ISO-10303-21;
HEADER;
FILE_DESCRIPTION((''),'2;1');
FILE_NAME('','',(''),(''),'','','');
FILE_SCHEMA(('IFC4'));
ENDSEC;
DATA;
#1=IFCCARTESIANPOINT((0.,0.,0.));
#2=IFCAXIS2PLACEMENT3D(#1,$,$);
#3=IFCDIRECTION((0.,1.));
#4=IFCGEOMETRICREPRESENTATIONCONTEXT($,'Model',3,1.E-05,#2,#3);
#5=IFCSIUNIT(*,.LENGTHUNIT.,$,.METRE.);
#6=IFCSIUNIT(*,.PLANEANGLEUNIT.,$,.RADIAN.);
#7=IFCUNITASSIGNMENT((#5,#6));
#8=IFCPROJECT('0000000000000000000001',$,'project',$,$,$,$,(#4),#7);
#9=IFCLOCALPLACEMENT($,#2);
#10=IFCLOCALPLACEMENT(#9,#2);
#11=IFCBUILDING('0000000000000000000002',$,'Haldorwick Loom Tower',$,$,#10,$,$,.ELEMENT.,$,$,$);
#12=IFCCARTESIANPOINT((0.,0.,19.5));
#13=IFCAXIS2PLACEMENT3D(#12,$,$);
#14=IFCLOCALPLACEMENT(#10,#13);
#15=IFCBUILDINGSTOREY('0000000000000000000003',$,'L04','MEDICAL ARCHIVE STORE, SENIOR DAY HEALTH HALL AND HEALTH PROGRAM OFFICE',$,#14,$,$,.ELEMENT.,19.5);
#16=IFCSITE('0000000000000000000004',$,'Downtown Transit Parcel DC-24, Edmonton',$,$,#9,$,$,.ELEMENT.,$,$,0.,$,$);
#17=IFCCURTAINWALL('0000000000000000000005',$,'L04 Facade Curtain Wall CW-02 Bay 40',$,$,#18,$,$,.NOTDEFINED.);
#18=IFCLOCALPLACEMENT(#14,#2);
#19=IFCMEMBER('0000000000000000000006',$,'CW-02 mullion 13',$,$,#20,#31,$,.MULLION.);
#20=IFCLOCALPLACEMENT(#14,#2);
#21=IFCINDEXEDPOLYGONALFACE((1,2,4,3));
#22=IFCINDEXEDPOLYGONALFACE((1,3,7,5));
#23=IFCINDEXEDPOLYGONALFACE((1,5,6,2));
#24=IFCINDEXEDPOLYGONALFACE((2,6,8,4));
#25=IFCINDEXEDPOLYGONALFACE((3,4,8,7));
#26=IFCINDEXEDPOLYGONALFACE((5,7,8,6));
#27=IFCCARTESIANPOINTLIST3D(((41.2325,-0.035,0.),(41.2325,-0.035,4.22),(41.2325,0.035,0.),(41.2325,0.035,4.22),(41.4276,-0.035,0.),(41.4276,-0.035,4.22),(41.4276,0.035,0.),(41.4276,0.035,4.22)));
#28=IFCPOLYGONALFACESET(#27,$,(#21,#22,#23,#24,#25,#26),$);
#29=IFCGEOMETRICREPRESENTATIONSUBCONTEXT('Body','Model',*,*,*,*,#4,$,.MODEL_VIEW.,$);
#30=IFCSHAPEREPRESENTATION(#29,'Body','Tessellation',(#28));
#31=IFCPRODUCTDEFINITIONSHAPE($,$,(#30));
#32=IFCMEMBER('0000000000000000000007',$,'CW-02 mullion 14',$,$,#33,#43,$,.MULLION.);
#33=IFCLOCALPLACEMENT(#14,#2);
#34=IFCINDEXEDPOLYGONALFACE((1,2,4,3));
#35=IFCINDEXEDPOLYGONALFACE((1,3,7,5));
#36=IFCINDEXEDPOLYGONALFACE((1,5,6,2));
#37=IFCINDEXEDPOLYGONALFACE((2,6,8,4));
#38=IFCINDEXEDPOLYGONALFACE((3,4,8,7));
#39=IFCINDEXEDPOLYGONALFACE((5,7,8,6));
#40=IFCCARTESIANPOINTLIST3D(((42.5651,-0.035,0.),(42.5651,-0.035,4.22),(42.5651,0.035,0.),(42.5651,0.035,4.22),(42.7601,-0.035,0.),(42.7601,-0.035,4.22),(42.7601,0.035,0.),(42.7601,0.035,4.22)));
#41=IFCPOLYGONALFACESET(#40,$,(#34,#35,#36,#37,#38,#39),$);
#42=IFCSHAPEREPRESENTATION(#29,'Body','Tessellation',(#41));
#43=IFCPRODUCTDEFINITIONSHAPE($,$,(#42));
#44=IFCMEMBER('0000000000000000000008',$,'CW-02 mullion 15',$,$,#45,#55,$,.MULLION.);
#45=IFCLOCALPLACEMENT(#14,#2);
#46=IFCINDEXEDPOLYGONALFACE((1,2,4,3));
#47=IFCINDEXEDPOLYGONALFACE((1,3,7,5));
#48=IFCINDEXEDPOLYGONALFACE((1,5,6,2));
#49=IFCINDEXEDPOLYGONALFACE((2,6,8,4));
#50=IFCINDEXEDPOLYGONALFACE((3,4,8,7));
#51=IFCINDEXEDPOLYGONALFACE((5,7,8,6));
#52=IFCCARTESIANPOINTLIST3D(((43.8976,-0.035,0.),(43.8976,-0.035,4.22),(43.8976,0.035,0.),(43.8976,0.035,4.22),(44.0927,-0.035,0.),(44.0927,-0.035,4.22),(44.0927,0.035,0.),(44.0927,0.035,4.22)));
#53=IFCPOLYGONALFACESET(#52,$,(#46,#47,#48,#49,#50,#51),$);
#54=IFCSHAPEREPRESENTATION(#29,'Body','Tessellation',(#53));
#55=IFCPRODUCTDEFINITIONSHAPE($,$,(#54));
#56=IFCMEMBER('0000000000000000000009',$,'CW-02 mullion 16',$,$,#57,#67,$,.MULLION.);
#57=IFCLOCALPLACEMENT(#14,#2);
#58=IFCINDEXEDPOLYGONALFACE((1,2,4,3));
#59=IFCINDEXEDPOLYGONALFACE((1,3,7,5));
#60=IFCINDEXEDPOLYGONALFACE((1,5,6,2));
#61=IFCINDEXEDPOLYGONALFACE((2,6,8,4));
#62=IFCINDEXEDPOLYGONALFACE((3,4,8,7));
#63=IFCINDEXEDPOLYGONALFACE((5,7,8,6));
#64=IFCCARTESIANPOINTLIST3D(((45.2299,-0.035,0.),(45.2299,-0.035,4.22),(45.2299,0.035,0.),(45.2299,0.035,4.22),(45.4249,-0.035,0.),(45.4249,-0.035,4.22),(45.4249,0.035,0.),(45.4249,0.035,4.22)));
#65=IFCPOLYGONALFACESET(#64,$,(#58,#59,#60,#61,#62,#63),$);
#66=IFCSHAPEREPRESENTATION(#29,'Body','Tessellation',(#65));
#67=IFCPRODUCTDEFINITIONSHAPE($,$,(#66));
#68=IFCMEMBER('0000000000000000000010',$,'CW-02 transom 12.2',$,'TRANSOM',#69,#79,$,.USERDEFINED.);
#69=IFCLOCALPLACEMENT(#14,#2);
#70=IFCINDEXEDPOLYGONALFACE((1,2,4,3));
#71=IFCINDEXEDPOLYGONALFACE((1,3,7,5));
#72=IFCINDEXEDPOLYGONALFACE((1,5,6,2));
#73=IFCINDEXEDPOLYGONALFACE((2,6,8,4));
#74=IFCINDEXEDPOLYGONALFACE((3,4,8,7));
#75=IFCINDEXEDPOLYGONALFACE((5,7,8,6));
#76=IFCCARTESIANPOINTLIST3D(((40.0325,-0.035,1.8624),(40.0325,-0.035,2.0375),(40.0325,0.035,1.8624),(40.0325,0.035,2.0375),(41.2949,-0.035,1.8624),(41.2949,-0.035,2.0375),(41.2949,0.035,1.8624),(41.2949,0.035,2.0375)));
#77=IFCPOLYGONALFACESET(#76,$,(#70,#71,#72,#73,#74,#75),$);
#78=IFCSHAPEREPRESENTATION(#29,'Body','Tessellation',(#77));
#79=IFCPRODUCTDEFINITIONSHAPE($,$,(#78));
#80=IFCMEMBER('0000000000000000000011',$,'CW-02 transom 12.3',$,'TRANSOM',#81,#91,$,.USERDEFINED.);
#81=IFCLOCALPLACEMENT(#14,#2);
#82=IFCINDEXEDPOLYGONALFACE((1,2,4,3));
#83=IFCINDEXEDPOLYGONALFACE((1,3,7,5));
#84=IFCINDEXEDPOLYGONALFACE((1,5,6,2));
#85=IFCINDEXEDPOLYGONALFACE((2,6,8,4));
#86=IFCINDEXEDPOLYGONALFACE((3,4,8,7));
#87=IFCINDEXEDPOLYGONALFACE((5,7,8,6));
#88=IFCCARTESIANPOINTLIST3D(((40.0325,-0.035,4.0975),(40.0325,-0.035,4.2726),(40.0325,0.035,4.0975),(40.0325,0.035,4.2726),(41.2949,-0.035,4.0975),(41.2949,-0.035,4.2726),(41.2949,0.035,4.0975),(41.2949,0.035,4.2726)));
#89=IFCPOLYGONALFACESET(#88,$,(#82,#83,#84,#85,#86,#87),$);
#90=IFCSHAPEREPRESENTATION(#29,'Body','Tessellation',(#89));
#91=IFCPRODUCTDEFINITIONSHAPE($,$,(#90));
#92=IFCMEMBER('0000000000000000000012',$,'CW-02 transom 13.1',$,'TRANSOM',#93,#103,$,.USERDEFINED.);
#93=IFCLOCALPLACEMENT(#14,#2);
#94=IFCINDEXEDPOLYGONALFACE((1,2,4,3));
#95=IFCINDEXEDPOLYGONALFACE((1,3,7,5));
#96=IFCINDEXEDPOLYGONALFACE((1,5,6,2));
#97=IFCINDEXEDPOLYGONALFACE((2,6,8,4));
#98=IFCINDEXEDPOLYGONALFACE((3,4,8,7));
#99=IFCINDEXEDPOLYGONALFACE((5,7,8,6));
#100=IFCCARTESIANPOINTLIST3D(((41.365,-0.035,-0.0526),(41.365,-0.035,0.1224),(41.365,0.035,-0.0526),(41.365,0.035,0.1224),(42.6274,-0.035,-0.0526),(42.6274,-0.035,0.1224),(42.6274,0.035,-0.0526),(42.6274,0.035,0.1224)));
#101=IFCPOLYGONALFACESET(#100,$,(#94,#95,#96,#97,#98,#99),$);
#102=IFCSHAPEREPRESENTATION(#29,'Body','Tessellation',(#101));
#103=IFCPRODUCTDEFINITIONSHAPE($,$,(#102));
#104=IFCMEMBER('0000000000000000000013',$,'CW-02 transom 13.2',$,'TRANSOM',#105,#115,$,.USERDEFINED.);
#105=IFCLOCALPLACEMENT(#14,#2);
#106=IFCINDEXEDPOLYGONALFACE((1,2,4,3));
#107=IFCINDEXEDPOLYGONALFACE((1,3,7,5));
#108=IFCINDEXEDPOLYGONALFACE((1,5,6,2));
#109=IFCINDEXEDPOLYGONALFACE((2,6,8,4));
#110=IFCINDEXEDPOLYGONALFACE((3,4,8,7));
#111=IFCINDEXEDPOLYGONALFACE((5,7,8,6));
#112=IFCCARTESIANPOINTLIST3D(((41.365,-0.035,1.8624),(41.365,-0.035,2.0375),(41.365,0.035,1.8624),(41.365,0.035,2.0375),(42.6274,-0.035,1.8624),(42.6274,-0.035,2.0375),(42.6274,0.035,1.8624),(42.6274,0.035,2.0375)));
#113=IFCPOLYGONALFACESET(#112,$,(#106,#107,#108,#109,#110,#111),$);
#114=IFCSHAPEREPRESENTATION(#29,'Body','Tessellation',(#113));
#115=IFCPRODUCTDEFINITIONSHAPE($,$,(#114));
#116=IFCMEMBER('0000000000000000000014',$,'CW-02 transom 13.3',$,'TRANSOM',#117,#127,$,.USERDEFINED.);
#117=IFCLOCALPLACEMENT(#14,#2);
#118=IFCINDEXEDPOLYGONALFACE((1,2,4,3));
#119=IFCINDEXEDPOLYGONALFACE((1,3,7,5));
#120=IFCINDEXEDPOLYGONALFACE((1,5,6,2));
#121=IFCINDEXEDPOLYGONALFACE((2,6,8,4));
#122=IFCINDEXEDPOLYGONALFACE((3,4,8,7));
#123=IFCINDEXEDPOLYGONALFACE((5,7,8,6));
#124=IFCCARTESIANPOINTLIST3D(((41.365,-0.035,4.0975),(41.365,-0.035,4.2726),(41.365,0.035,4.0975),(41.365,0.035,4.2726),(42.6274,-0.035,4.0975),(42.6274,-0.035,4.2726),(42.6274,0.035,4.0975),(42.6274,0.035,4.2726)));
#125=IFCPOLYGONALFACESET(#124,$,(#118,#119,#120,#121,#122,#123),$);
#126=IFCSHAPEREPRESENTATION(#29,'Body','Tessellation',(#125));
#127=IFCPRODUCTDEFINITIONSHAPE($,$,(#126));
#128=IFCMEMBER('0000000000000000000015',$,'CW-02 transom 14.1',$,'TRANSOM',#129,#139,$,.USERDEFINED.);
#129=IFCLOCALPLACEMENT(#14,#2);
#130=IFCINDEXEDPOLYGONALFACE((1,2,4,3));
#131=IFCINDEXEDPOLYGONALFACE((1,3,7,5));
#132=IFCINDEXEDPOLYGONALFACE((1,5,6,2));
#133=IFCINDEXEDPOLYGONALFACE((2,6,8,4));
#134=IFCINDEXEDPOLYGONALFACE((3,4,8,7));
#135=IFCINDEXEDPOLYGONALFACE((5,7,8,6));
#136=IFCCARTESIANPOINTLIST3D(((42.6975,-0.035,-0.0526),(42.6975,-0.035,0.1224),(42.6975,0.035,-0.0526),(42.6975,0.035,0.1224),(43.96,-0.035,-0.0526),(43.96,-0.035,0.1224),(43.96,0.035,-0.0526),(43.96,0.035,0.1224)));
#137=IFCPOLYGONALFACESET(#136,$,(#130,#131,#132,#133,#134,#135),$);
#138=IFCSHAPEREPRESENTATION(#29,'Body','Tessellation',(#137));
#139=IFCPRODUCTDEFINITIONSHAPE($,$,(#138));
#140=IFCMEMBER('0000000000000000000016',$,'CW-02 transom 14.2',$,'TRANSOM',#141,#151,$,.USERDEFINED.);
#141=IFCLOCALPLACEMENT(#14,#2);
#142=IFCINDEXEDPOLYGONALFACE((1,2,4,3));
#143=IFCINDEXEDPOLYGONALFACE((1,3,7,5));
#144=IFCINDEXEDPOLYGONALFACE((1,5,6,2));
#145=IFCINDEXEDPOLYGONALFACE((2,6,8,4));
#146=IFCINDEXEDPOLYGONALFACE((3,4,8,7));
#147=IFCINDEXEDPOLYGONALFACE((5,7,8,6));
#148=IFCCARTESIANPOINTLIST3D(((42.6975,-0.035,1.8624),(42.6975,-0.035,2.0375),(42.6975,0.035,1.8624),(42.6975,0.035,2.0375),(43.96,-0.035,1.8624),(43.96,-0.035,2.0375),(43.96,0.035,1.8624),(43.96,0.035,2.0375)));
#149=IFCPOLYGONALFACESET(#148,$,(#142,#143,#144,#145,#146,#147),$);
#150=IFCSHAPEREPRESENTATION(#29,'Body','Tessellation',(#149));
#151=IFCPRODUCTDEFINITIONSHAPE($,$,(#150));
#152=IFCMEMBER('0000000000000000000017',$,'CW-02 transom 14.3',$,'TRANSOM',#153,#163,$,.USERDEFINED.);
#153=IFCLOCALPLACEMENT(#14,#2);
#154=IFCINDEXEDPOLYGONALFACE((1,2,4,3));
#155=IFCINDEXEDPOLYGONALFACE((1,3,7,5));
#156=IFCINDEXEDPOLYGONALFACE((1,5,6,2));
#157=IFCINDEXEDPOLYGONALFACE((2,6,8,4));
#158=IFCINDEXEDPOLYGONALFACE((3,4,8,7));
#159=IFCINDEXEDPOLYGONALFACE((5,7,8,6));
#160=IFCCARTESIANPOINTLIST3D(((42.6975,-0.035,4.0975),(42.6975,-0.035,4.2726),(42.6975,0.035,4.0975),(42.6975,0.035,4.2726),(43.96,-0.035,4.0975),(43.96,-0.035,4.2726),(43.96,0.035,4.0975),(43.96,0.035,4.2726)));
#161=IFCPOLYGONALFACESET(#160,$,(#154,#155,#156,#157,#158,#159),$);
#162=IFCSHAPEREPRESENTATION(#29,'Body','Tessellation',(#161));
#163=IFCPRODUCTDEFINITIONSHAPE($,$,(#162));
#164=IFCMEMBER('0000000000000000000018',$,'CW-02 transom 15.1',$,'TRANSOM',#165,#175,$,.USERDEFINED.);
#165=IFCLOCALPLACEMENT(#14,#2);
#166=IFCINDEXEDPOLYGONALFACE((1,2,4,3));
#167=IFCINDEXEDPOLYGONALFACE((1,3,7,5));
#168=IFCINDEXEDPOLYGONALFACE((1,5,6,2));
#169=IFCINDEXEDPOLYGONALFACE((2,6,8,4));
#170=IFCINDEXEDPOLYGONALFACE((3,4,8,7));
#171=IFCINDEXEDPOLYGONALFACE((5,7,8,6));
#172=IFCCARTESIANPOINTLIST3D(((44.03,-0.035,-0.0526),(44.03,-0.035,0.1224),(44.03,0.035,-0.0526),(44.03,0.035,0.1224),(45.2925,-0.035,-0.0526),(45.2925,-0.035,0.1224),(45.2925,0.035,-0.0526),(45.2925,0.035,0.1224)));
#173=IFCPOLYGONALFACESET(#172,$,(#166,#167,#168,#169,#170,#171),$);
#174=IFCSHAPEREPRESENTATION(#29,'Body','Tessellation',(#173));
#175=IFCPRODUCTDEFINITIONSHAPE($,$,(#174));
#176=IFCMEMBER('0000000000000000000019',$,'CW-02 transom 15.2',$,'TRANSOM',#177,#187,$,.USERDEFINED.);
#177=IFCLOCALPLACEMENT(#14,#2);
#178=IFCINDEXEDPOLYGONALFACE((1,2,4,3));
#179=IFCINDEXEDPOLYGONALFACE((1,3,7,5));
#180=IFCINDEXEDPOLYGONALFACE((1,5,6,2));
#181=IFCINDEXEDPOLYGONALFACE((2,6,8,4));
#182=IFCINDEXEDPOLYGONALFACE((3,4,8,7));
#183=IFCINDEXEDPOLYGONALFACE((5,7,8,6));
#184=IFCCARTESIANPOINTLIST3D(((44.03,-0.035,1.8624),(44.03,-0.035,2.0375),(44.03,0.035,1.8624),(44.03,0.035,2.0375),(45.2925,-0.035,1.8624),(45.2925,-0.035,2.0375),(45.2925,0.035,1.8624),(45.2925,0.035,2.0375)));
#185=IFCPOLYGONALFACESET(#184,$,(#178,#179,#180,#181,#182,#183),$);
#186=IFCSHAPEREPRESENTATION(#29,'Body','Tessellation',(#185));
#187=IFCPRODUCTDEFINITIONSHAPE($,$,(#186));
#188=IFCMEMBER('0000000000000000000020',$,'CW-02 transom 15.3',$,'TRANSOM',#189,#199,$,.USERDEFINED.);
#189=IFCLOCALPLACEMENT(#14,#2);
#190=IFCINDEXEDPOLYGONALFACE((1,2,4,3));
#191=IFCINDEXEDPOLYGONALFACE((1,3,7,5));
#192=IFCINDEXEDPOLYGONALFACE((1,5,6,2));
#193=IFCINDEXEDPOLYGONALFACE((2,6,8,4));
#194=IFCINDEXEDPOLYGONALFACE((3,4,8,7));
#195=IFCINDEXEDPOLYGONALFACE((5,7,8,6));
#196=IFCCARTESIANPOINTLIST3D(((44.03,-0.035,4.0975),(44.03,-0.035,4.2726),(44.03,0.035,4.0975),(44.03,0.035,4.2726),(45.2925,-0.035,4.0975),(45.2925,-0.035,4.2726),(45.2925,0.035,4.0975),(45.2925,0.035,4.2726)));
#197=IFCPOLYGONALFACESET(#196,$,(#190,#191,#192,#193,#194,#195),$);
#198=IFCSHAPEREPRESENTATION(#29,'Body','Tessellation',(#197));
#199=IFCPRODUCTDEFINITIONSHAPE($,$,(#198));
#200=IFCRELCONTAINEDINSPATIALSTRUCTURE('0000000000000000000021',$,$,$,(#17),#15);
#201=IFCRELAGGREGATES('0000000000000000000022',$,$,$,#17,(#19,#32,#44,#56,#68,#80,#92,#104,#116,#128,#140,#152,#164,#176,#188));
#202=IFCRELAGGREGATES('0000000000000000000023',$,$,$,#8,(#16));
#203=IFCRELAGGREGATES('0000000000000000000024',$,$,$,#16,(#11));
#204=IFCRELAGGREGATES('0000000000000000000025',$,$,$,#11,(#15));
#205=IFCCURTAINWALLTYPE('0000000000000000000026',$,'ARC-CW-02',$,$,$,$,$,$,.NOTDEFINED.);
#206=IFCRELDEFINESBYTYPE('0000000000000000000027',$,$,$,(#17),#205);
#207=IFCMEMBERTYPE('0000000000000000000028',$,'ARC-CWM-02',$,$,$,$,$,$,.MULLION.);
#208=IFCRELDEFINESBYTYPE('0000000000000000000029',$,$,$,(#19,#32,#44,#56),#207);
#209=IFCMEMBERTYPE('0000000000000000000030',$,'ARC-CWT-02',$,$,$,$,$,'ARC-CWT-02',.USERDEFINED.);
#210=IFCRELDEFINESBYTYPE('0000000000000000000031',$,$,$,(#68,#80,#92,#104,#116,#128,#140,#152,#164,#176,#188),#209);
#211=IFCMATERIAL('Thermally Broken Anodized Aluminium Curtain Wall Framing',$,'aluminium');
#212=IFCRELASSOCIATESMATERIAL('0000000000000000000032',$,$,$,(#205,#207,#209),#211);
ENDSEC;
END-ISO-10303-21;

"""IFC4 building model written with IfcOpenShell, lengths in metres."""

from ifc_helpers import new_model, si_unit, direction, frame, origin, origin_2d, place, context, subcontext, project, spatial, rectangle, extrude, material, material_profile, profile_set, type_object, element, aggregate, save


model = new_model("IFC4")

# Units and contexts
model_context = context("Model", 3, precision=1e-05, world=origin(), true_north=direction((0.0, 1.0)))
body_context = subcontext(model_context, "Body", "Model", "MODEL_VIEW")
ifc_project = project(units=[si_unit("LENGTHUNIT", "METRE"), si_unit("PLANEANGLEUNIT", "RADIAN")], contexts=[model_context])

# Site, building, storey
site_placement = place(None, origin())
site = spatial("IfcSite", under=ifc_project, at=site_placement, Name="Downtown Transit Parcel DC-24, Edmonton", CompositionType="ELEMENT", RefElevation=0.0)
building_placement = place(site_placement, origin())
building = spatial("IfcBuilding", under=site, at=building_placement, Name="Haldorwick Loom Tower", CompositionType="ELEMENT")
storey_placement = place(building_placement, frame((0.0, 0.0, 19.5)))
storey = spatial("IfcBuildingStorey", under=building, at=storey_placement, Name="L04", Description="MEDICAL ARCHIVE STORE, SENIOR DAY HEALTH HALL AND HEALTH PROGRAM OFFICE", CompositionType="ELEMENT", Elevation=19.5)

# Curtain wall, members
ifc_material_1 = material(Name="Thermally Broken Anodized Aluminium Curtain Wall Framing", Category="aluminium")
curtain_wall_type = type_object("IfcCurtainWallType", Name="ARC-CW-02", PredefinedType="NOTDEFINED", material=ifc_material_1)
curtain_wall_placement = place(storey_placement, origin())
curtain_wall = element("IfcCurtainWall", 1, at=curtain_wall_placement, inside=storey, type_object=curtain_wall_type, Name="L04 Facade Curtain Wall CW-02 Bay 40", PredefinedType="NOTDEFINED")
ifc_material_profile_1 = material_profile(ifc_material_1, rectangle(XDim=0.0701, YDim=0.1951, at=origin_2d()), Name="ALU_MUL_70X195", Category="aluminium")
ifc_profile_set_1 = profile_set([ifc_material_profile_1], Name="Thermally Broken Anodized Aluminium Curtain Wall Framing")
member_type_1 = type_object("IfcMemberType", Name="ARC-CWM-02", PredefinedType="MULLION", material=ifc_profile_set_1)
member_1_placement = place(storey_placement, frame((41.3301, 0.0, 0.0), z_axis=(0.0, 0.0, 1.0), x_axis=(0.0, 1.0, 0.0)))
member_1 = element("IfcMember", 2, at=member_1_placement, type_object=member_type_1, Name="CW-02 mullion 13", PredefinedType="MULLION", context=body_context, shape_type="SweptSolid", body=[
    extrude(rectangle(XDim=0.0701, YDim=0.1951, at=origin_2d()), origin(), (0.0, 0.0, 1.0), 4.22),
])
member_2_placement = place(storey_placement, frame((42.6626, 0.0, 0.0), z_axis=(0.0, 0.0, 1.0), x_axis=(0.0, 1.0, 0.0)))
member_2 = element("IfcMember", 3, at=member_2_placement, type_object=member_type_1, Name="CW-02 mullion 14", PredefinedType="MULLION", context=body_context, shape_type="SweptSolid", body=[
    extrude(rectangle(XDim=0.0701, YDim=0.1951, at=origin_2d()), origin(), (0.0, 0.0, 1.0), 4.22),
])
member_3_placement = place(storey_placement, frame((43.9951, 0.0, 0.0), z_axis=(0.0, 0.0, 1.0), x_axis=(0.0, 1.0, 0.0)))
member_3 = element("IfcMember", 4, at=member_3_placement, type_object=member_type_1, Name="CW-02 mullion 15", PredefinedType="MULLION", context=body_context, shape_type="SweptSolid", body=[
    extrude(rectangle(XDim=0.0701, YDim=0.1951, at=origin_2d()), origin(), (0.0, 0.0, 1.0), 4.22),
])
member_4_placement = place(storey_placement, frame((45.3274, 0.0, 0.0), z_axis=(0.0, 0.0, 1.0), x_axis=(0.0, 1.0, 0.0)))
member_4 = element("IfcMember", 5, at=member_4_placement, type_object=member_type_1, Name="CW-02 mullion 16", PredefinedType="MULLION", context=body_context, shape_type="SweptSolid", body=[
    extrude(rectangle(XDim=0.0701, YDim=0.1951, at=origin_2d()), origin(), (0.0, 0.0, 1.0), 4.22),
])
ifc_material_profile_2 = material_profile(ifc_material_1, rectangle(XDim=0.0701, YDim=0.175, at=origin_2d()), Name="ALU_TRN_70X175", Category="aluminium")
ifc_profile_set_2 = profile_set([ifc_material_profile_2], Name="Thermally Broken Anodized Aluminium Curtain Wall Framing")
member_type_2 = type_object("IfcMemberType", Name="ARC-CWT-02", ElementType="ARC-CWT-02", PredefinedType="USERDEFINED", material=ifc_profile_set_2)
member_5_placement = place(storey_placement, frame((40.0325, 0.0, 1.95), z_axis=(1.0, 0.0, 0.0), x_axis=(0.0, 1.0, 0.0)))
member_5 = element("IfcMember", 6, at=member_5_placement, type_object=member_type_2, Name="CW-02 transom 12.2", ObjectType="TRANSOM", PredefinedType="USERDEFINED", context=body_context, shape_type="SweptSolid", body=[
    extrude(rectangle(XDim=0.0701, YDim=0.175, at=origin_2d()), origin(), (0.0, 0.0, 1.0), 1.2625),
])
member_6_placement = place(storey_placement, frame((40.0325, 0.0, 4.1851), z_axis=(1.0, 0.0, 0.0), x_axis=(0.0, 1.0, 0.0)))
member_6 = element("IfcMember", 7, at=member_6_placement, type_object=member_type_2, Name="CW-02 transom 12.3", ObjectType="TRANSOM", PredefinedType="USERDEFINED", context=body_context, shape_type="SweptSolid", body=[
    extrude(rectangle(XDim=0.0701, YDim=0.175, at=origin_2d()), origin(), (0.0, 0.0, 1.0), 1.2625),
])
member_7_placement = place(storey_placement, frame((41.365, 0.0, 0.0349), z_axis=(1.0, 0.0, 0.0), x_axis=(0.0, 1.0, 0.0)))
member_7 = element("IfcMember", 8, at=member_7_placement, type_object=member_type_2, Name="CW-02 transom 13.1", ObjectType="TRANSOM", PredefinedType="USERDEFINED", context=body_context, shape_type="SweptSolid", body=[
    extrude(rectangle(XDim=0.0701, YDim=0.175, at=origin_2d()), origin(), (0.0, 0.0, 1.0), 1.2625),
])
member_8_placement = place(storey_placement, frame((41.365, 0.0, 1.95), z_axis=(1.0, 0.0, 0.0), x_axis=(0.0, 1.0, 0.0)))
member_8 = element("IfcMember", 9, at=member_8_placement, type_object=member_type_2, Name="CW-02 transom 13.2", ObjectType="TRANSOM", PredefinedType="USERDEFINED", context=body_context, shape_type="SweptSolid", body=[
    extrude(rectangle(XDim=0.0701, YDim=0.175, at=origin_2d()), origin(), (0.0, 0.0, 1.0), 1.2625),
])
member_9_placement = place(storey_placement, frame((41.365, 0.0, 4.1851), z_axis=(1.0, 0.0, 0.0), x_axis=(0.0, 1.0, 0.0)))
member_9 = element("IfcMember", 10, at=member_9_placement, type_object=member_type_2, Name="CW-02 transom 13.3", ObjectType="TRANSOM", PredefinedType="USERDEFINED", context=body_context, shape_type="SweptSolid", body=[
    extrude(rectangle(XDim=0.0701, YDim=0.175, at=origin_2d()), origin(), (0.0, 0.0, 1.0), 1.2625),
])
member_10_placement = place(storey_placement, frame((42.6975, 0.0, 0.0349), z_axis=(1.0, 0.0, 0.0), x_axis=(0.0, 1.0, 0.0)))
member_10 = element("IfcMember", 11, at=member_10_placement, type_object=member_type_2, Name="CW-02 transom 14.1", ObjectType="TRANSOM", PredefinedType="USERDEFINED", context=body_context, shape_type="SweptSolid", body=[
    extrude(rectangle(XDim=0.0701, YDim=0.175, at=origin_2d()), origin(), (0.0, 0.0, 1.0), 1.2625),
])
member_11_placement = place(storey_placement, frame((42.6975, 0.0, 1.95), z_axis=(1.0, 0.0, 0.0), x_axis=(0.0, 1.0, 0.0)))
member_11 = element("IfcMember", 12, at=member_11_placement, type_object=member_type_2, Name="CW-02 transom 14.2", ObjectType="TRANSOM", PredefinedType="USERDEFINED", context=body_context, shape_type="SweptSolid", body=[
    extrude(rectangle(XDim=0.0701, YDim=0.175, at=origin_2d()), origin(), (0.0, 0.0, 1.0), 1.2625),
])
member_12_placement = place(storey_placement, frame((42.6975, 0.0, 4.1851), z_axis=(1.0, 0.0, 0.0), x_axis=(0.0, 1.0, 0.0)))
member_12 = element("IfcMember", 13, at=member_12_placement, type_object=member_type_2, Name="CW-02 transom 14.3", ObjectType="TRANSOM", PredefinedType="USERDEFINED", context=body_context, shape_type="SweptSolid", body=[
    extrude(rectangle(XDim=0.0701, YDim=0.175, at=origin_2d()), origin(), (0.0, 0.0, 1.0), 1.2625),
])
member_13_placement = place(storey_placement, frame((44.03, 0.0, 0.0349), z_axis=(1.0, 0.0, 0.0), x_axis=(0.0, 1.0, 0.0)))
member_13 = element("IfcMember", 14, at=member_13_placement, type_object=member_type_2, Name="CW-02 transom 15.1", ObjectType="TRANSOM", PredefinedType="USERDEFINED", context=body_context, shape_type="SweptSolid", body=[
    extrude(rectangle(XDim=0.0701, YDim=0.175, at=origin_2d()), origin(), (0.0, 0.0, 1.0), 1.2625),
])
member_14_placement = place(storey_placement, frame((44.03, 0.0, 1.95), z_axis=(1.0, 0.0, 0.0), x_axis=(0.0, 1.0, 0.0)))
member_14 = element("IfcMember", 15, at=member_14_placement, type_object=member_type_2, Name="CW-02 transom 15.2", ObjectType="TRANSOM", PredefinedType="USERDEFINED", context=body_context, shape_type="SweptSolid", body=[
    extrude(rectangle(XDim=0.0701, YDim=0.175, at=origin_2d()), origin(), (0.0, 0.0, 1.0), 1.2625),
])
member_15_placement = place(storey_placement, frame((44.03, 0.0, 4.1851), z_axis=(1.0, 0.0, 0.0), x_axis=(0.0, 1.0, 0.0)))
member_15 = element("IfcMember", 16, at=member_15_placement, type_object=member_type_2, Name="CW-02 transom 15.3", ObjectType="TRANSOM", PredefinedType="USERDEFINED", context=body_context, shape_type="SweptSolid", body=[
    extrude(rectangle(XDim=0.0701, YDim=0.175, at=origin_2d()), origin(), (0.0, 0.0, 1.0), 1.2625),
])
aggregate(curtain_wall, [member_1, member_2, member_3, member_4, member_5, member_6, member_7, member_8, member_9, member_10, member_11, member_12, member_13, member_14, member_15])

save(model, "model.ifc")
